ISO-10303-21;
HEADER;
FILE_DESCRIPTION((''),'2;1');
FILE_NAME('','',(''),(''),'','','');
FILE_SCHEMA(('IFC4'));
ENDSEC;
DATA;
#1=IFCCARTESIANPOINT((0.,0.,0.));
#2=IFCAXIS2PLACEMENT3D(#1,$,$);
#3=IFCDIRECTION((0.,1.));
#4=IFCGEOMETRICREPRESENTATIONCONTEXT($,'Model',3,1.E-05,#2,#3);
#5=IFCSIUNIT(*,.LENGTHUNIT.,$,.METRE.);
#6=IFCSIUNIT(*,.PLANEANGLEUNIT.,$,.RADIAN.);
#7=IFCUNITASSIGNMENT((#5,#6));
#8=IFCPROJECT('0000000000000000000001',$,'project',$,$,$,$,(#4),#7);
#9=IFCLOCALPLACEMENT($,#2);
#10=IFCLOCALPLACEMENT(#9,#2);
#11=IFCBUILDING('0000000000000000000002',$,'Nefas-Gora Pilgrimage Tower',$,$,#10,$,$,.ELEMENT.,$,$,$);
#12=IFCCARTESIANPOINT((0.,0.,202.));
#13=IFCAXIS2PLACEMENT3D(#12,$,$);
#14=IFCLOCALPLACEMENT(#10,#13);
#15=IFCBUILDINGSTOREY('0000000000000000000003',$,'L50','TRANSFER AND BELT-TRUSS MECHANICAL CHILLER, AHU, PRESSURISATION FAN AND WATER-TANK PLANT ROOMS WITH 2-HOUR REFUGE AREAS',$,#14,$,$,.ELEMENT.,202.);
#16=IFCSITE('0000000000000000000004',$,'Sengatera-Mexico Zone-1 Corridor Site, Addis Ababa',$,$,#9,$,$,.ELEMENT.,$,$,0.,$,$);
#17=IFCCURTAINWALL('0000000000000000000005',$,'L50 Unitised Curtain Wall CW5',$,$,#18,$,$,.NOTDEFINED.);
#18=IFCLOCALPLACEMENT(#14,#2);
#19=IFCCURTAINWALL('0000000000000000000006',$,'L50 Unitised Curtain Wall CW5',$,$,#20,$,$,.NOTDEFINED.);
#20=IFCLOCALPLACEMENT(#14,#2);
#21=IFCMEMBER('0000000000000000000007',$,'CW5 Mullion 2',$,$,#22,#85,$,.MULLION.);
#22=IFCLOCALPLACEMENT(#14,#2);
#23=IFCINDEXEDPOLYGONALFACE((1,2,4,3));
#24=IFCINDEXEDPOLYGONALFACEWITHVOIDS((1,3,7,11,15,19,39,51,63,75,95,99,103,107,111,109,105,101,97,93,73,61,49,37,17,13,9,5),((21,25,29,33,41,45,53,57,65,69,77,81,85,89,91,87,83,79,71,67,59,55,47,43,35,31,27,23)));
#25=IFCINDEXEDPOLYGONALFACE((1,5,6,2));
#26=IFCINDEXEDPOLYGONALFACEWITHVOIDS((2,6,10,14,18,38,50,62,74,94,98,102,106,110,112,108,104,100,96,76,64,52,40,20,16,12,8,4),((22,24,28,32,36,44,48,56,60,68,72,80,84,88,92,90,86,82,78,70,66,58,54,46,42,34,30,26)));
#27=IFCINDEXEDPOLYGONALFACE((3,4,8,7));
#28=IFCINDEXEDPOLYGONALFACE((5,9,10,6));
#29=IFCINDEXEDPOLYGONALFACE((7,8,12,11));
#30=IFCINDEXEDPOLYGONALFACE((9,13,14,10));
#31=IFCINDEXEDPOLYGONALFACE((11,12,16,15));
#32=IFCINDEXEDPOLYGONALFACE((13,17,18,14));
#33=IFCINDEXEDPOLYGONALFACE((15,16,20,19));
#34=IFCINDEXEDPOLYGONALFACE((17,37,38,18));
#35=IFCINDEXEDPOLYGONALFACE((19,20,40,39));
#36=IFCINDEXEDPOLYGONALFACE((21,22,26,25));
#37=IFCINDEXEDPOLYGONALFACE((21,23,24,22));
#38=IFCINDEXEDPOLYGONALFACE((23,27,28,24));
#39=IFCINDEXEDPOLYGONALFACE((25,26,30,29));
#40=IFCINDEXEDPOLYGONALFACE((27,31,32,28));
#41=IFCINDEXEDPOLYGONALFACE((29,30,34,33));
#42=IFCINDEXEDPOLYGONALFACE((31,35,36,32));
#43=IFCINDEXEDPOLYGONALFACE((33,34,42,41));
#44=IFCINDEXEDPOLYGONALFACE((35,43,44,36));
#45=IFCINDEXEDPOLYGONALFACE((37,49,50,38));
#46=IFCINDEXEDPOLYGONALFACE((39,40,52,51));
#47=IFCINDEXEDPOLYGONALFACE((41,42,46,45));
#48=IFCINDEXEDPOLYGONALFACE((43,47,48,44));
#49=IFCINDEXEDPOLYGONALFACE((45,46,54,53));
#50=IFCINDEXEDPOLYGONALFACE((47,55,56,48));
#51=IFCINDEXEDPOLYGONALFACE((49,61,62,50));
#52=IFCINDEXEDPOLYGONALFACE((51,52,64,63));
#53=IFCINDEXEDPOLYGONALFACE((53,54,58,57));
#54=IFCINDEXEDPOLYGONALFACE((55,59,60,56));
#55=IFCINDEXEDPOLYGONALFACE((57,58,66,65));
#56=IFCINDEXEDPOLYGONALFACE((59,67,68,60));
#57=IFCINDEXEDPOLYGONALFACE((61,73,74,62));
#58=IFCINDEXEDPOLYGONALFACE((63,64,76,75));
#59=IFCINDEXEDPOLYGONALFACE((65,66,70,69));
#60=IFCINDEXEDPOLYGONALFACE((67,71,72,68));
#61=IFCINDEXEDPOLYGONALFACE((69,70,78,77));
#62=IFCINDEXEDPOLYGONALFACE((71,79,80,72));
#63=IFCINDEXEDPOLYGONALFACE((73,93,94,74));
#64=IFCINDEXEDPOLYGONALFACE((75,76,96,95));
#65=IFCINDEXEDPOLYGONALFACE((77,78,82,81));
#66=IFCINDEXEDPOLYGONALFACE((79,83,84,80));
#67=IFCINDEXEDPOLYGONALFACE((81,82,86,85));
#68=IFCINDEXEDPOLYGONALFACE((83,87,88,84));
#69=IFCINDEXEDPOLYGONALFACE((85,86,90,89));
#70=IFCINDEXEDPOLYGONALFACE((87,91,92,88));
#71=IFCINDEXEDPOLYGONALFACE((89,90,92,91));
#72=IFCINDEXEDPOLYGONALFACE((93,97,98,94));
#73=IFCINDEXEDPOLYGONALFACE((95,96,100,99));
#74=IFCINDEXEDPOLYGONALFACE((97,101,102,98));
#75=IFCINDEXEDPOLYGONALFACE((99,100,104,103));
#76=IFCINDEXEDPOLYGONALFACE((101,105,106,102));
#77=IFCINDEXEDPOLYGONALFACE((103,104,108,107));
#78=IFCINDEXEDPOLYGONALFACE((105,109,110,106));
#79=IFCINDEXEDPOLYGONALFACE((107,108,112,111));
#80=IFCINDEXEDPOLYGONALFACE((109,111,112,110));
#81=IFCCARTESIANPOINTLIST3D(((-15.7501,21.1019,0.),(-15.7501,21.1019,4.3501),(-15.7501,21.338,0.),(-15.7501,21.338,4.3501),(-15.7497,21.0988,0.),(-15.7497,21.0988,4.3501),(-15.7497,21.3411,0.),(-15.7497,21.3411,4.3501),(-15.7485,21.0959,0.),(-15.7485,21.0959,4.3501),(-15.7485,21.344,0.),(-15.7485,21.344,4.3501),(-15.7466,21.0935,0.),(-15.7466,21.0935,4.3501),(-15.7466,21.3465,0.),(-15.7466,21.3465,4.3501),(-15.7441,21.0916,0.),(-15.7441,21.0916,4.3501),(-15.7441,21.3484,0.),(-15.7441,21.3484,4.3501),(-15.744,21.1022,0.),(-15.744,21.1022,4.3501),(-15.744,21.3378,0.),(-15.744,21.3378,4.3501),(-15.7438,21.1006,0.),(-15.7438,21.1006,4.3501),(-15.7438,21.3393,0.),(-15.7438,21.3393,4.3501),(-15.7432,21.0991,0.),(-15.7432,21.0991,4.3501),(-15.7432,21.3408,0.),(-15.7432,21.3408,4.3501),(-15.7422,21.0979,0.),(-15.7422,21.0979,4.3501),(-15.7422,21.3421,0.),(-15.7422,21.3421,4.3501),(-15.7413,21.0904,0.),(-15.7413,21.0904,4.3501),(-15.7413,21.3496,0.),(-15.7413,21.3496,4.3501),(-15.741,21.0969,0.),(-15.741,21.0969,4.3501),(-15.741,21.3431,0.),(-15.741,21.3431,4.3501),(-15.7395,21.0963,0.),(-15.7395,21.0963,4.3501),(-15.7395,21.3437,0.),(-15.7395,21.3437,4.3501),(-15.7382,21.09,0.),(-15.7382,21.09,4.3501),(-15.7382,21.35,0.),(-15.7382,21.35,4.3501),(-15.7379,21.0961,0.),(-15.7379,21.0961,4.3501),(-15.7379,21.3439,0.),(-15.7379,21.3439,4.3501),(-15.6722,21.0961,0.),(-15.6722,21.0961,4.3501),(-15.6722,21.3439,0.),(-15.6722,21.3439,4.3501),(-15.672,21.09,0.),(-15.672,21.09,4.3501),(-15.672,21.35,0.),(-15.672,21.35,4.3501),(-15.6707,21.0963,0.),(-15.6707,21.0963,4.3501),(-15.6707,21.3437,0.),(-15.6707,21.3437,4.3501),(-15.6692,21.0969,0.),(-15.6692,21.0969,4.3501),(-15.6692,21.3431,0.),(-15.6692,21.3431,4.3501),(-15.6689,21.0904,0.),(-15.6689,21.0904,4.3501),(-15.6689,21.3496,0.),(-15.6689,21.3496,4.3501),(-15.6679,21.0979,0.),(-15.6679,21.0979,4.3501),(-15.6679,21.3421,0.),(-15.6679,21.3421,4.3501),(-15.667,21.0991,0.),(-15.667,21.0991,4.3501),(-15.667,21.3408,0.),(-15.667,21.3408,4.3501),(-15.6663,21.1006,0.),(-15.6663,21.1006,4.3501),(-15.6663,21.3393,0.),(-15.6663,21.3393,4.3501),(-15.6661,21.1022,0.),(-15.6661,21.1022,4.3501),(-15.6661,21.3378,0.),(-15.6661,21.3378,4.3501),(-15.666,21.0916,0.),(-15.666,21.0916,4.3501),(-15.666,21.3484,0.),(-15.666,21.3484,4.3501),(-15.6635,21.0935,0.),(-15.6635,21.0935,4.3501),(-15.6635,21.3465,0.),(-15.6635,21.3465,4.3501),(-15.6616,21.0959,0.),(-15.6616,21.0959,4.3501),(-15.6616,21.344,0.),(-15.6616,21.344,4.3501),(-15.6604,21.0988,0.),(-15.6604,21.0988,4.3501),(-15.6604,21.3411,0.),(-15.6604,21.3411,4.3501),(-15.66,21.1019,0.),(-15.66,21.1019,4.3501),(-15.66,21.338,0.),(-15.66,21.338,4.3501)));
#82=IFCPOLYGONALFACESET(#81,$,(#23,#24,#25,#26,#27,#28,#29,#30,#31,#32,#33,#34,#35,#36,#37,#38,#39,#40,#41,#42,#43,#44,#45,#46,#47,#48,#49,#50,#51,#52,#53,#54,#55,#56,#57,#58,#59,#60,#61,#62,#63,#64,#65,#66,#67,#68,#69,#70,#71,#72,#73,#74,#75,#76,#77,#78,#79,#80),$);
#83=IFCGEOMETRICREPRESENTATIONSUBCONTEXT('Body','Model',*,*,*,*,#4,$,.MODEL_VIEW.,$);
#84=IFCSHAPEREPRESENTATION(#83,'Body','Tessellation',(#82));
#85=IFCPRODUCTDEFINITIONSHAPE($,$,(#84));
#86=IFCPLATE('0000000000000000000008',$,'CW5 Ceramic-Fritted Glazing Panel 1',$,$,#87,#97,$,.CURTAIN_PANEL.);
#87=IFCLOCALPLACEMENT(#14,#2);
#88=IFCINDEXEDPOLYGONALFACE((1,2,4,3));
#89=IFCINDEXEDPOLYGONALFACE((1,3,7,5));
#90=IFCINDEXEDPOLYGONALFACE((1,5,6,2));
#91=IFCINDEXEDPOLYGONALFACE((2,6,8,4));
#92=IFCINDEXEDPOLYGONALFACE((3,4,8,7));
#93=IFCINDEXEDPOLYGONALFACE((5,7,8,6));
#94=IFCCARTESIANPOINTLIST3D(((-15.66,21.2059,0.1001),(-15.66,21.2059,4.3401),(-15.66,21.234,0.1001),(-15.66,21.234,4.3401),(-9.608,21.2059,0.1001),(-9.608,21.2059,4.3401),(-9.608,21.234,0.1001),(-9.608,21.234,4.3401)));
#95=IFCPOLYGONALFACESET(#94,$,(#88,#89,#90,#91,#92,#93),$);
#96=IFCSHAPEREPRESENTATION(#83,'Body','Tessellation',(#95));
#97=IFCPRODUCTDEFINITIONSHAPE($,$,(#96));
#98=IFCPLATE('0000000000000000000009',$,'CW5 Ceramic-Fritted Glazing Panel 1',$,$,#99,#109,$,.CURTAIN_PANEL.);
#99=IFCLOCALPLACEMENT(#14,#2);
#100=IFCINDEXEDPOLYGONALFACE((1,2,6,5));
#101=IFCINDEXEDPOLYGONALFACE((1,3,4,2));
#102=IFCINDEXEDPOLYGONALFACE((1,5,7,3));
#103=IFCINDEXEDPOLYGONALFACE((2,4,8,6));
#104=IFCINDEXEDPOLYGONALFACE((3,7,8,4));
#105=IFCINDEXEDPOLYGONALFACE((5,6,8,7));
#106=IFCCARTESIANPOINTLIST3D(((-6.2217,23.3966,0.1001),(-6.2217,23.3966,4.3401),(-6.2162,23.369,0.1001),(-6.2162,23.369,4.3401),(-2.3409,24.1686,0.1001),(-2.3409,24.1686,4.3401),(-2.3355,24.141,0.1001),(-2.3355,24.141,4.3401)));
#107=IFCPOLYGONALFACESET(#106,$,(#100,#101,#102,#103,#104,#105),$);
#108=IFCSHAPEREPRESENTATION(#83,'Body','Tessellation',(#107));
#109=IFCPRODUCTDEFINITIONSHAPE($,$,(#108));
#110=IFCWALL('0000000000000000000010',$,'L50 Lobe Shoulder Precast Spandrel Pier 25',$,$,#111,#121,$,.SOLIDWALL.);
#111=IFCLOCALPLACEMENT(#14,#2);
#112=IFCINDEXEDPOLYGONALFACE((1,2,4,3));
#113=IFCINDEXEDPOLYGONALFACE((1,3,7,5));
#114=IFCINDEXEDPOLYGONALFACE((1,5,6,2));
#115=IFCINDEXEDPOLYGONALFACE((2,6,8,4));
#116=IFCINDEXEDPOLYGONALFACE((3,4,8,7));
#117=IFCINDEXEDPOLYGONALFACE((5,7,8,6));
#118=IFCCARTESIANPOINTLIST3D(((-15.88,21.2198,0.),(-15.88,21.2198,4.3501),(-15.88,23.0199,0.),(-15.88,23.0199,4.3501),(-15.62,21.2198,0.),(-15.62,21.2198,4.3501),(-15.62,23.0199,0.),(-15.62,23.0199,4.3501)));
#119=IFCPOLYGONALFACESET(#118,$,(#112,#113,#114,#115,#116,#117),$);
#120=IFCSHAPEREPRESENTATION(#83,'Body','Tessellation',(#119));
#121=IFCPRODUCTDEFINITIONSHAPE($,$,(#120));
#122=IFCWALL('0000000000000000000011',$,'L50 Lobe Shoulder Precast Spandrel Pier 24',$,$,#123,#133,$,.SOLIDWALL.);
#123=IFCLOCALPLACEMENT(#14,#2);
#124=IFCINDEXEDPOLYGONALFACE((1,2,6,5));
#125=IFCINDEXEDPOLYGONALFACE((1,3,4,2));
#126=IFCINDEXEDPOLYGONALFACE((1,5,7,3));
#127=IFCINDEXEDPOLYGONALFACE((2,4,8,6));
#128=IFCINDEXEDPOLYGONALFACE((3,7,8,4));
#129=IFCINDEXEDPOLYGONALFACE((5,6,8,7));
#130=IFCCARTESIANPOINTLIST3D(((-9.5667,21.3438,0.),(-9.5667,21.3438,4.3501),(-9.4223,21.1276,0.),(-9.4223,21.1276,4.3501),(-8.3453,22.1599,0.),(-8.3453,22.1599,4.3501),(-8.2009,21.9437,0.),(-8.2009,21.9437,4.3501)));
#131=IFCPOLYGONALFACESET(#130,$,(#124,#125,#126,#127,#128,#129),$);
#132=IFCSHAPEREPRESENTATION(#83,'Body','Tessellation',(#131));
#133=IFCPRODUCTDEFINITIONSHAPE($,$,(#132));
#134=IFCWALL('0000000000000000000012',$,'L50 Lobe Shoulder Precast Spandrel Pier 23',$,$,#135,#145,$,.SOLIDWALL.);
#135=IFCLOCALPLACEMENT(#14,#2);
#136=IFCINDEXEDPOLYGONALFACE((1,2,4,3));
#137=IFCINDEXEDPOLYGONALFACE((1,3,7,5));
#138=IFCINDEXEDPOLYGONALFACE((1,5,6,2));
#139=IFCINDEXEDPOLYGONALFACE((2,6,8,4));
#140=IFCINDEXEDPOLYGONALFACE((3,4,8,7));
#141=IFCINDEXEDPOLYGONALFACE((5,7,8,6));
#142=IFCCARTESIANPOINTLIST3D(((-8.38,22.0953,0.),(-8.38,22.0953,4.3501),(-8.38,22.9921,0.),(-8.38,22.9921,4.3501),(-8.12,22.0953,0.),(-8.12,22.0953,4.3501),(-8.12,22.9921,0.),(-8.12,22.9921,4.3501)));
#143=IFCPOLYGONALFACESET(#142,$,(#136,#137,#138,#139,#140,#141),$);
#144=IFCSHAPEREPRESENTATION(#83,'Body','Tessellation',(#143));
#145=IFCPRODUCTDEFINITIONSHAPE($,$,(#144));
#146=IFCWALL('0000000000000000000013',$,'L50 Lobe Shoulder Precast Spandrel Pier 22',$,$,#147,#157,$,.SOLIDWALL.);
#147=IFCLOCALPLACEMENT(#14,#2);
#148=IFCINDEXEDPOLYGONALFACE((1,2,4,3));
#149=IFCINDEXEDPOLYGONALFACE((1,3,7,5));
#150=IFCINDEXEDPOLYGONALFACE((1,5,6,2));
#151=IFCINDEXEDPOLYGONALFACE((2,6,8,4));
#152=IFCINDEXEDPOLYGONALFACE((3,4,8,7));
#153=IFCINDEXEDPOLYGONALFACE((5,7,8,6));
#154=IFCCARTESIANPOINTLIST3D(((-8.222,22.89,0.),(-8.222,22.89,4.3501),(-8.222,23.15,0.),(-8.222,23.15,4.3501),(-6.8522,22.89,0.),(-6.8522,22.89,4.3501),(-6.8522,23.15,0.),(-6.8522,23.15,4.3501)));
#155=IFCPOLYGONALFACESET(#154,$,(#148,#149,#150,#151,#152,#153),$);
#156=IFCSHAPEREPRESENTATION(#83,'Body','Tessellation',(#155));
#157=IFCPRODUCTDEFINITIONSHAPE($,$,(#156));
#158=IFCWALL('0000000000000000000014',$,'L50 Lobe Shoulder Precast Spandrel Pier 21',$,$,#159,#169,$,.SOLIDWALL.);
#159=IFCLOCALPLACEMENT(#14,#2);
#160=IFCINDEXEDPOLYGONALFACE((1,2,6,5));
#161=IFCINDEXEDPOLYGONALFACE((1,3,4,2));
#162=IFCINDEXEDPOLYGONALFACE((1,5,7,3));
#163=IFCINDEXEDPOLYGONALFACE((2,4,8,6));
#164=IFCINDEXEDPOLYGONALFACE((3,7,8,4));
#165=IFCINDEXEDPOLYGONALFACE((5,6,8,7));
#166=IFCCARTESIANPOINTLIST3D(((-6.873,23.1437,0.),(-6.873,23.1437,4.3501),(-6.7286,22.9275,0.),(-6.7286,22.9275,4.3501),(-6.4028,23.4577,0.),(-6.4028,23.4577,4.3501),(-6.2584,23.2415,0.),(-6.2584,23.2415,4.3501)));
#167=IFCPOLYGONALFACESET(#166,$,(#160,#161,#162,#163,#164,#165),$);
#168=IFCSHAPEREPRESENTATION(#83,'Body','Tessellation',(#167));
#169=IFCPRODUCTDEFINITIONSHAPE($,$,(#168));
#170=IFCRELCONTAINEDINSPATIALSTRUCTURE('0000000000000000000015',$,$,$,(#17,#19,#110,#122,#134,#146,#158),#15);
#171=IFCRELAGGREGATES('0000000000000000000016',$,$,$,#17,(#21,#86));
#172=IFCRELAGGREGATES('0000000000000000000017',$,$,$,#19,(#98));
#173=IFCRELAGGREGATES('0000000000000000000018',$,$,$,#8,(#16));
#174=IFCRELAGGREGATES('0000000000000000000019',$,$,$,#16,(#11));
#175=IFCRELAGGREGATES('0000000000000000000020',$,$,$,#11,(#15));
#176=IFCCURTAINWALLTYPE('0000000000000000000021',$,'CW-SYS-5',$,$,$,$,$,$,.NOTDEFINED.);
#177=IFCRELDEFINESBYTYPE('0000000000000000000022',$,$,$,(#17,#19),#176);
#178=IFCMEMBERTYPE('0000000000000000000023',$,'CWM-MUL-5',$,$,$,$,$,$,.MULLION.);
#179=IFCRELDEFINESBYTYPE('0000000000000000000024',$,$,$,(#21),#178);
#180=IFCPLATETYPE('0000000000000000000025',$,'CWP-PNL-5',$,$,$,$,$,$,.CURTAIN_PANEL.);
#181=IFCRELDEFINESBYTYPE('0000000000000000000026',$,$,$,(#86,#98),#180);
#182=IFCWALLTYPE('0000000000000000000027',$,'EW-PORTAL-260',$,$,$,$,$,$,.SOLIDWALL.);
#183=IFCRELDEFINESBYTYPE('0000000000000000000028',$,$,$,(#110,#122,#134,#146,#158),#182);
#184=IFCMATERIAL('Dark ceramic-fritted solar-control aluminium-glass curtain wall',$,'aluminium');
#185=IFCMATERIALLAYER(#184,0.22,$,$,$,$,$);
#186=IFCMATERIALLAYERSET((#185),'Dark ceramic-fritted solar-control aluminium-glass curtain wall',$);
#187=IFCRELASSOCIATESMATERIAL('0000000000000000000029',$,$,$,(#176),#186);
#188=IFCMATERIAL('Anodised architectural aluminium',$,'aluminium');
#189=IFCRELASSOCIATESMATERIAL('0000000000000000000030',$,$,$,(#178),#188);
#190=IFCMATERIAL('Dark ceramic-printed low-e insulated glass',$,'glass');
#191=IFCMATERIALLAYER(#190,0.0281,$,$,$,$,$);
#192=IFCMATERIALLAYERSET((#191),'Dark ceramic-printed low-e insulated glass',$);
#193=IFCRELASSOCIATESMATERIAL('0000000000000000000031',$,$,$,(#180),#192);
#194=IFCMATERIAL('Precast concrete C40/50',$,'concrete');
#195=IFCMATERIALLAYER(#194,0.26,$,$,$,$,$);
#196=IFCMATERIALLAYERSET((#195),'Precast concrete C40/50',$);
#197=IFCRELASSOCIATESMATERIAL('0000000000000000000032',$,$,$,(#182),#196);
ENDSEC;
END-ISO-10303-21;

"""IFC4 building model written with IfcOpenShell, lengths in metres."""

from ifc_helpers import new_model, si_unit, direction, frame, frame_2d, origin, origin_2d, place, context, subcontext, project, spatial, rectangle, hollow_rectangle, extrude, source, transform, mapped, material, layer, layer_set, material_profile, profile_set, type_object, element, aggregate, save


model = new_model("IFC4")

# Units and contexts
model_context = context("Model", 3, precision=1e-05, world=origin(), true_north=direction((0.0, 1.0)))
body_context = subcontext(model_context, "Body", "Model", "MODEL_VIEW")
ifc_project = project(units=[si_unit("LENGTHUNIT", "METRE"), si_unit("PLANEANGLEUNIT", "RADIAN")], contexts=[model_context])

# Site, building, storey
site_placement = place(None, origin())
site = spatial("IfcSite", under=ifc_project, at=site_placement, Name="Sengatera-Mexico Zone-1 Corridor Site, Addis Ababa", CompositionType="ELEMENT", RefElevation=0.0)
building_placement = place(site_placement, origin())
building = spatial("IfcBuilding", under=site, at=building_placement, Name="Nefas-Gora Pilgrimage Tower", CompositionType="ELEMENT")
storey_placement = place(building_placement, frame((0.0, 0.0, 202.0)))
storey = spatial("IfcBuildingStorey", under=building, at=storey_placement, Name="L50", Description="TRANSFER AND BELT-TRUSS MECHANICAL CHILLER, AHU, PRESSURISATION FAN AND WATER-TANK PLANT ROOMS WITH 2-HOUR REFUGE AREAS", CompositionType="ELEMENT", Elevation=202.0)

# Curtain walls
ifc_material_1 = material(Name="Dark ceramic-fritted solar-control aluminium-glass curtain wall", Category="aluminium")
ifc_layer_1 = layer(ifc_material_1, 0.22)
ifc_layer_set_1 = layer_set([ifc_layer_1], Name="Dark ceramic-fritted solar-control aluminium-glass curtain wall")
curtain_wall_type = type_object("IfcCurtainWallType", Name="CW-SYS-5", PredefinedType="NOTDEFINED", material=ifc_layer_set_1)
curtain_wall_1_placement = place(storey_placement, origin())
curtain_wall_1 = element("IfcCurtainWall", 1, at=curtain_wall_1_placement, inside=storey, type_object=curtain_wall_type, Name="L50 Unitised Curtain Wall CW5", PredefinedType="NOTDEFINED")
ifc_material_2 = material(Name="Anodised architectural aluminium", Category="aluminium")
curtain_wall_2_placement = place(storey_placement, origin())
curtain_wall_2 = element("IfcCurtainWall", 2, at=curtain_wall_2_placement, inside=storey, type_object=curtain_wall_type, Name="L50 Unitised Curtain Wall CW5", PredefinedType="NOTDEFINED")
ifc_material_profile_1 = material_profile(ifc_material_2, hollow_rectangle(XDim=0.0901, YDim=0.26, WallThickness=0.0061, InnerFilletRadius=0.0061, OuterFilletRadius=0.012, at=origin_2d()), Name="ALU MULLION 90x260")
ifc_profile_set_1 = profile_set([ifc_material_profile_1], Name="Anodised architectural aluminium")
member_type_1 = type_object("IfcMemberType", Name="CWM-MUL-5", PredefinedType="MULLION", material=ifc_profile_set_1)
shared_shape_1 = source(origin(), body_context, "Body", "SweptSolid", [
    extrude(hollow_rectangle(XDim=0.0901, YDim=0.26, WallThickness=0.0061, InnerFilletRadius=0.0061, OuterFilletRadius=0.012, at=origin_2d()), origin(), (0.0, 0.0, 1.0), 4.3501),
])

# Member
member_1_placement = place(storey_placement, frame((-15.7051, 21.22, 0.0), z_axis=(0.0, 0.0, 1.0), x_axis=(-1.0, 0.0, 0.0)))
member_1 = element("IfcMember", 3, at=member_1_placement, type_object=member_type_1, Name="CW5 Mullion 2", PredefinedType="MULLION", context=body_context, shape_type="MappedRepresentation", body=[
    mapped(shared_shape_1, transform((0.0, 0.0, 0.0), x_axis=(1.0, 0.0, 0.0), y_axis=(0.0, 1.0, 0.0), z_axis=(0.0, 0.0, 1.0), scale=1.0)),
])

# Plates
ifc_material_3 = material(Name="Dark ceramic-printed low-e insulated glass", Category="glass")
ifc_layer_2 = layer(ifc_material_3, 0.0281)
ifc_layer_set_2 = layer_set([ifc_layer_2], Name="Dark ceramic-printed low-e insulated glass")
plate_type = type_object("IfcPlateType", Name="CWP-PNL-5", PredefinedType="CURTAIN_PANEL", material=ifc_layer_set_2)
shared_shape_2 = source(origin(), body_context, "Body", "SweptSolid", [
    extrude(rectangle(XDim=6.052, YDim=0.0281, at=origin_2d()), origin(), (0.0, 0.0, 1.0), 4.24),
])
plate_1_placement = place(storey_placement, frame((-12.634, 21.22, 0.1001), z_axis=(0.0, 0.0, 1.0), x_axis=(-1.0, 0.0, 0.0)))
plate_1 = element("IfcPlate", 4, at=plate_1_placement, type_object=plate_type, Name="CW5 Ceramic-Fritted Glazing Panel 1", PredefinedType="CURTAIN_PANEL", context=body_context, shape_type="MappedRepresentation", body=[
    mapped(shared_shape_2, transform((0.0, 0.0, 0.0), x_axis=(1.0, 0.0, 0.0), y_axis=(0.0, 1.0, 0.0), z_axis=(0.0, 0.0, 1.0), scale=1.0)),
])
aggregate(curtain_wall_1, [member_1, plate_1])
shared_shape_3 = source(origin(), body_context, "Body", "SweptSolid", [
    extrude(rectangle(XDim=3.9568, YDim=0.0281, at=origin_2d()), origin(), (0.0, 0.0, 1.0), 4.24),
])
plate_2_placement = place(storey_placement, frame((-4.2786, 23.7688, 0.1001), z_axis=(0.0, 0.0, 1.0), x_axis=(-0.980783, -0.195102, 0.0)))
plate_2 = element("IfcPlate", 5, at=plate_2_placement, type_object=plate_type, Name="CW5 Ceramic-Fritted Glazing Panel 1", PredefinedType="CURTAIN_PANEL", context=body_context, shape_type="MappedRepresentation", body=[
    mapped(shared_shape_3, transform((0.0, 0.0, 0.0), x_axis=(1.0, 0.0, 0.0), y_axis=(0.0, 1.0, 0.0), z_axis=(0.0, 0.0, 1.0), scale=1.0)),
])
aggregate(curtain_wall_2, [plate_2])

# Walls
ifc_material_4 = material(Name="Precast concrete C40/50", Category="concrete")
ifc_layer_3 = layer(ifc_material_4, 0.26)
ifc_layer_set_3 = layer_set([ifc_layer_3], Name="Precast concrete C40/50")
wall_type_1 = type_object("IfcWallType", Name="EW-PORTAL-260", PredefinedType="SOLIDWALL", material=ifc_layer_set_3)
shared_shape_4 = source(origin(), body_context, "Body", "SweptSolid", [
    extrude(rectangle(XDim=1.8, YDim=0.26, at=frame_2d((0.8999, 0.0))), origin(), (0.0, 0.0, 1.0), 4.3501),
])
wall_1_placement = place(storey_placement, frame((-15.75, 21.22, 0.0), z_axis=(0.0, 0.0, 1.0), x_axis=(0.0, 1.0, 0.0)))
element("IfcWall", 6, at=wall_1_placement, inside=storey, type_object=wall_type_1, Name="L50 Lobe Shoulder Precast Spandrel Pier 25", PredefinedType="SOLIDWALL", context=body_context, shape_type="MappedRepresentation", body=[
    mapped(shared_shape_4, transform((0.0, 0.0, 0.0), x_axis=(1.0, 0.0, 0.0), y_axis=(0.0, 1.0, 0.0), z_axis=(0.0, 0.0, 1.0), scale=1.0)),
])
shared_shape_5 = source(origin(), body_context, "Body", "SweptSolid", [
    extrude(rectangle(XDim=1.469, YDim=0.26, at=frame_2d((0.7344, 0.0))), origin(), (0.0, 0.0, 1.0), 4.3501),
])
wall_2_placement = place(storey_placement, frame((-8.2732, 22.0518, 0.0), z_axis=(0.0, 0.0, 1.0), x_axis=(-0.831462, -0.555582, 0.0)))
element("IfcWall", 7, at=wall_2_placement, inside=storey, type_object=wall_type_1, Name="L50 Lobe Shoulder Precast Spandrel Pier 24", PredefinedType="SOLIDWALL", context=body_context, shape_type="MappedRepresentation", body=[
    mapped(shared_shape_5, transform((0.0, 0.0, 0.0), x_axis=(1.0, 0.0, 0.0), y_axis=(0.0, 1.0, 0.0), z_axis=(0.0, 0.0, 1.0), scale=1.0)),
])
shared_shape_6 = source(origin(), body_context, "Body", "SweptSolid", [
    extrude(rectangle(XDim=0.8967, YDim=0.26, at=frame_2d((0.4482, 0.0))), origin(), (0.0, 0.0, 1.0), 4.3501),
])
wall_3_placement = place(storey_placement, frame((-8.25, 22.9919, 0.0), z_axis=(0.0, 0.0, 1.0), x_axis=(0.0, -1.0, 0.0)))
element("IfcWall", 8, at=wall_3_placement, inside=storey, type_object=wall_type_1, Name="L50 Lobe Shoulder Precast Spandrel Pier 23", PredefinedType="SOLIDWALL", context=body_context, shape_type="MappedRepresentation", body=[
    mapped(shared_shape_6, transform((0.0, 0.0, 0.0), x_axis=(1.0, 0.0, 0.0), y_axis=(0.0, 1.0, 0.0), z_axis=(0.0, 0.0, 1.0), scale=1.0)),
])
shared_shape_7 = source(origin(), body_context, "Body", "SweptSolid", [
    extrude(rectangle(XDim=1.3699, YDim=0.26, at=frame_2d((0.6851, 0.0))), origin(), (0.0, 0.0, 1.0), 4.3501),
])
wall_4_placement = place(storey_placement, frame((-6.8521, 23.02, 0.0), z_axis=(0.0, 0.0, 1.0), x_axis=(-1.0, 0.0, 0.0)))
element("IfcWall", 9, at=wall_4_placement, inside=storey, type_object=wall_type_1, Name="L50 Lobe Shoulder Precast Spandrel Pier 22", PredefinedType="SOLIDWALL", context=body_context, shape_type="MappedRepresentation", body=[
    mapped(shared_shape_7, transform((0.0, 0.0, 0.0), x_axis=(1.0, 0.0, 0.0), y_axis=(0.0, 1.0, 0.0), z_axis=(0.0, 0.0, 1.0), scale=1.0)),
])
shared_shape_8 = source(origin(), body_context, "Body", "SweptSolid", [
    extrude(rectangle(XDim=0.5654, YDim=0.26, at=frame_2d((0.2827, 0.0))), origin(), (0.0, 0.0, 1.0), 4.3501),
])
wall_5_placement = place(storey_placement, frame((-6.3306, 23.3496, 0.0), z_axis=(0.0, 0.0, 1.0), x_axis=(-0.831651, -0.555298, 0.0)))
element("IfcWall", 10, at=wall_5_placement, inside=storey, type_object=wall_type_1, Name="L50 Lobe Shoulder Precast Spandrel Pier 21", PredefinedType="SOLIDWALL", context=body_context, shape_type="MappedRepresentation", body=[
    mapped(shared_shape_8, transform((0.0, 0.0, 0.0), x_axis=(1.0, 0.0, 0.0), y_axis=(0.0, 1.0, 0.0), z_axis=(0.0, 0.0, 1.0), scale=1.0)),
])

save(model, "model.ifc")
